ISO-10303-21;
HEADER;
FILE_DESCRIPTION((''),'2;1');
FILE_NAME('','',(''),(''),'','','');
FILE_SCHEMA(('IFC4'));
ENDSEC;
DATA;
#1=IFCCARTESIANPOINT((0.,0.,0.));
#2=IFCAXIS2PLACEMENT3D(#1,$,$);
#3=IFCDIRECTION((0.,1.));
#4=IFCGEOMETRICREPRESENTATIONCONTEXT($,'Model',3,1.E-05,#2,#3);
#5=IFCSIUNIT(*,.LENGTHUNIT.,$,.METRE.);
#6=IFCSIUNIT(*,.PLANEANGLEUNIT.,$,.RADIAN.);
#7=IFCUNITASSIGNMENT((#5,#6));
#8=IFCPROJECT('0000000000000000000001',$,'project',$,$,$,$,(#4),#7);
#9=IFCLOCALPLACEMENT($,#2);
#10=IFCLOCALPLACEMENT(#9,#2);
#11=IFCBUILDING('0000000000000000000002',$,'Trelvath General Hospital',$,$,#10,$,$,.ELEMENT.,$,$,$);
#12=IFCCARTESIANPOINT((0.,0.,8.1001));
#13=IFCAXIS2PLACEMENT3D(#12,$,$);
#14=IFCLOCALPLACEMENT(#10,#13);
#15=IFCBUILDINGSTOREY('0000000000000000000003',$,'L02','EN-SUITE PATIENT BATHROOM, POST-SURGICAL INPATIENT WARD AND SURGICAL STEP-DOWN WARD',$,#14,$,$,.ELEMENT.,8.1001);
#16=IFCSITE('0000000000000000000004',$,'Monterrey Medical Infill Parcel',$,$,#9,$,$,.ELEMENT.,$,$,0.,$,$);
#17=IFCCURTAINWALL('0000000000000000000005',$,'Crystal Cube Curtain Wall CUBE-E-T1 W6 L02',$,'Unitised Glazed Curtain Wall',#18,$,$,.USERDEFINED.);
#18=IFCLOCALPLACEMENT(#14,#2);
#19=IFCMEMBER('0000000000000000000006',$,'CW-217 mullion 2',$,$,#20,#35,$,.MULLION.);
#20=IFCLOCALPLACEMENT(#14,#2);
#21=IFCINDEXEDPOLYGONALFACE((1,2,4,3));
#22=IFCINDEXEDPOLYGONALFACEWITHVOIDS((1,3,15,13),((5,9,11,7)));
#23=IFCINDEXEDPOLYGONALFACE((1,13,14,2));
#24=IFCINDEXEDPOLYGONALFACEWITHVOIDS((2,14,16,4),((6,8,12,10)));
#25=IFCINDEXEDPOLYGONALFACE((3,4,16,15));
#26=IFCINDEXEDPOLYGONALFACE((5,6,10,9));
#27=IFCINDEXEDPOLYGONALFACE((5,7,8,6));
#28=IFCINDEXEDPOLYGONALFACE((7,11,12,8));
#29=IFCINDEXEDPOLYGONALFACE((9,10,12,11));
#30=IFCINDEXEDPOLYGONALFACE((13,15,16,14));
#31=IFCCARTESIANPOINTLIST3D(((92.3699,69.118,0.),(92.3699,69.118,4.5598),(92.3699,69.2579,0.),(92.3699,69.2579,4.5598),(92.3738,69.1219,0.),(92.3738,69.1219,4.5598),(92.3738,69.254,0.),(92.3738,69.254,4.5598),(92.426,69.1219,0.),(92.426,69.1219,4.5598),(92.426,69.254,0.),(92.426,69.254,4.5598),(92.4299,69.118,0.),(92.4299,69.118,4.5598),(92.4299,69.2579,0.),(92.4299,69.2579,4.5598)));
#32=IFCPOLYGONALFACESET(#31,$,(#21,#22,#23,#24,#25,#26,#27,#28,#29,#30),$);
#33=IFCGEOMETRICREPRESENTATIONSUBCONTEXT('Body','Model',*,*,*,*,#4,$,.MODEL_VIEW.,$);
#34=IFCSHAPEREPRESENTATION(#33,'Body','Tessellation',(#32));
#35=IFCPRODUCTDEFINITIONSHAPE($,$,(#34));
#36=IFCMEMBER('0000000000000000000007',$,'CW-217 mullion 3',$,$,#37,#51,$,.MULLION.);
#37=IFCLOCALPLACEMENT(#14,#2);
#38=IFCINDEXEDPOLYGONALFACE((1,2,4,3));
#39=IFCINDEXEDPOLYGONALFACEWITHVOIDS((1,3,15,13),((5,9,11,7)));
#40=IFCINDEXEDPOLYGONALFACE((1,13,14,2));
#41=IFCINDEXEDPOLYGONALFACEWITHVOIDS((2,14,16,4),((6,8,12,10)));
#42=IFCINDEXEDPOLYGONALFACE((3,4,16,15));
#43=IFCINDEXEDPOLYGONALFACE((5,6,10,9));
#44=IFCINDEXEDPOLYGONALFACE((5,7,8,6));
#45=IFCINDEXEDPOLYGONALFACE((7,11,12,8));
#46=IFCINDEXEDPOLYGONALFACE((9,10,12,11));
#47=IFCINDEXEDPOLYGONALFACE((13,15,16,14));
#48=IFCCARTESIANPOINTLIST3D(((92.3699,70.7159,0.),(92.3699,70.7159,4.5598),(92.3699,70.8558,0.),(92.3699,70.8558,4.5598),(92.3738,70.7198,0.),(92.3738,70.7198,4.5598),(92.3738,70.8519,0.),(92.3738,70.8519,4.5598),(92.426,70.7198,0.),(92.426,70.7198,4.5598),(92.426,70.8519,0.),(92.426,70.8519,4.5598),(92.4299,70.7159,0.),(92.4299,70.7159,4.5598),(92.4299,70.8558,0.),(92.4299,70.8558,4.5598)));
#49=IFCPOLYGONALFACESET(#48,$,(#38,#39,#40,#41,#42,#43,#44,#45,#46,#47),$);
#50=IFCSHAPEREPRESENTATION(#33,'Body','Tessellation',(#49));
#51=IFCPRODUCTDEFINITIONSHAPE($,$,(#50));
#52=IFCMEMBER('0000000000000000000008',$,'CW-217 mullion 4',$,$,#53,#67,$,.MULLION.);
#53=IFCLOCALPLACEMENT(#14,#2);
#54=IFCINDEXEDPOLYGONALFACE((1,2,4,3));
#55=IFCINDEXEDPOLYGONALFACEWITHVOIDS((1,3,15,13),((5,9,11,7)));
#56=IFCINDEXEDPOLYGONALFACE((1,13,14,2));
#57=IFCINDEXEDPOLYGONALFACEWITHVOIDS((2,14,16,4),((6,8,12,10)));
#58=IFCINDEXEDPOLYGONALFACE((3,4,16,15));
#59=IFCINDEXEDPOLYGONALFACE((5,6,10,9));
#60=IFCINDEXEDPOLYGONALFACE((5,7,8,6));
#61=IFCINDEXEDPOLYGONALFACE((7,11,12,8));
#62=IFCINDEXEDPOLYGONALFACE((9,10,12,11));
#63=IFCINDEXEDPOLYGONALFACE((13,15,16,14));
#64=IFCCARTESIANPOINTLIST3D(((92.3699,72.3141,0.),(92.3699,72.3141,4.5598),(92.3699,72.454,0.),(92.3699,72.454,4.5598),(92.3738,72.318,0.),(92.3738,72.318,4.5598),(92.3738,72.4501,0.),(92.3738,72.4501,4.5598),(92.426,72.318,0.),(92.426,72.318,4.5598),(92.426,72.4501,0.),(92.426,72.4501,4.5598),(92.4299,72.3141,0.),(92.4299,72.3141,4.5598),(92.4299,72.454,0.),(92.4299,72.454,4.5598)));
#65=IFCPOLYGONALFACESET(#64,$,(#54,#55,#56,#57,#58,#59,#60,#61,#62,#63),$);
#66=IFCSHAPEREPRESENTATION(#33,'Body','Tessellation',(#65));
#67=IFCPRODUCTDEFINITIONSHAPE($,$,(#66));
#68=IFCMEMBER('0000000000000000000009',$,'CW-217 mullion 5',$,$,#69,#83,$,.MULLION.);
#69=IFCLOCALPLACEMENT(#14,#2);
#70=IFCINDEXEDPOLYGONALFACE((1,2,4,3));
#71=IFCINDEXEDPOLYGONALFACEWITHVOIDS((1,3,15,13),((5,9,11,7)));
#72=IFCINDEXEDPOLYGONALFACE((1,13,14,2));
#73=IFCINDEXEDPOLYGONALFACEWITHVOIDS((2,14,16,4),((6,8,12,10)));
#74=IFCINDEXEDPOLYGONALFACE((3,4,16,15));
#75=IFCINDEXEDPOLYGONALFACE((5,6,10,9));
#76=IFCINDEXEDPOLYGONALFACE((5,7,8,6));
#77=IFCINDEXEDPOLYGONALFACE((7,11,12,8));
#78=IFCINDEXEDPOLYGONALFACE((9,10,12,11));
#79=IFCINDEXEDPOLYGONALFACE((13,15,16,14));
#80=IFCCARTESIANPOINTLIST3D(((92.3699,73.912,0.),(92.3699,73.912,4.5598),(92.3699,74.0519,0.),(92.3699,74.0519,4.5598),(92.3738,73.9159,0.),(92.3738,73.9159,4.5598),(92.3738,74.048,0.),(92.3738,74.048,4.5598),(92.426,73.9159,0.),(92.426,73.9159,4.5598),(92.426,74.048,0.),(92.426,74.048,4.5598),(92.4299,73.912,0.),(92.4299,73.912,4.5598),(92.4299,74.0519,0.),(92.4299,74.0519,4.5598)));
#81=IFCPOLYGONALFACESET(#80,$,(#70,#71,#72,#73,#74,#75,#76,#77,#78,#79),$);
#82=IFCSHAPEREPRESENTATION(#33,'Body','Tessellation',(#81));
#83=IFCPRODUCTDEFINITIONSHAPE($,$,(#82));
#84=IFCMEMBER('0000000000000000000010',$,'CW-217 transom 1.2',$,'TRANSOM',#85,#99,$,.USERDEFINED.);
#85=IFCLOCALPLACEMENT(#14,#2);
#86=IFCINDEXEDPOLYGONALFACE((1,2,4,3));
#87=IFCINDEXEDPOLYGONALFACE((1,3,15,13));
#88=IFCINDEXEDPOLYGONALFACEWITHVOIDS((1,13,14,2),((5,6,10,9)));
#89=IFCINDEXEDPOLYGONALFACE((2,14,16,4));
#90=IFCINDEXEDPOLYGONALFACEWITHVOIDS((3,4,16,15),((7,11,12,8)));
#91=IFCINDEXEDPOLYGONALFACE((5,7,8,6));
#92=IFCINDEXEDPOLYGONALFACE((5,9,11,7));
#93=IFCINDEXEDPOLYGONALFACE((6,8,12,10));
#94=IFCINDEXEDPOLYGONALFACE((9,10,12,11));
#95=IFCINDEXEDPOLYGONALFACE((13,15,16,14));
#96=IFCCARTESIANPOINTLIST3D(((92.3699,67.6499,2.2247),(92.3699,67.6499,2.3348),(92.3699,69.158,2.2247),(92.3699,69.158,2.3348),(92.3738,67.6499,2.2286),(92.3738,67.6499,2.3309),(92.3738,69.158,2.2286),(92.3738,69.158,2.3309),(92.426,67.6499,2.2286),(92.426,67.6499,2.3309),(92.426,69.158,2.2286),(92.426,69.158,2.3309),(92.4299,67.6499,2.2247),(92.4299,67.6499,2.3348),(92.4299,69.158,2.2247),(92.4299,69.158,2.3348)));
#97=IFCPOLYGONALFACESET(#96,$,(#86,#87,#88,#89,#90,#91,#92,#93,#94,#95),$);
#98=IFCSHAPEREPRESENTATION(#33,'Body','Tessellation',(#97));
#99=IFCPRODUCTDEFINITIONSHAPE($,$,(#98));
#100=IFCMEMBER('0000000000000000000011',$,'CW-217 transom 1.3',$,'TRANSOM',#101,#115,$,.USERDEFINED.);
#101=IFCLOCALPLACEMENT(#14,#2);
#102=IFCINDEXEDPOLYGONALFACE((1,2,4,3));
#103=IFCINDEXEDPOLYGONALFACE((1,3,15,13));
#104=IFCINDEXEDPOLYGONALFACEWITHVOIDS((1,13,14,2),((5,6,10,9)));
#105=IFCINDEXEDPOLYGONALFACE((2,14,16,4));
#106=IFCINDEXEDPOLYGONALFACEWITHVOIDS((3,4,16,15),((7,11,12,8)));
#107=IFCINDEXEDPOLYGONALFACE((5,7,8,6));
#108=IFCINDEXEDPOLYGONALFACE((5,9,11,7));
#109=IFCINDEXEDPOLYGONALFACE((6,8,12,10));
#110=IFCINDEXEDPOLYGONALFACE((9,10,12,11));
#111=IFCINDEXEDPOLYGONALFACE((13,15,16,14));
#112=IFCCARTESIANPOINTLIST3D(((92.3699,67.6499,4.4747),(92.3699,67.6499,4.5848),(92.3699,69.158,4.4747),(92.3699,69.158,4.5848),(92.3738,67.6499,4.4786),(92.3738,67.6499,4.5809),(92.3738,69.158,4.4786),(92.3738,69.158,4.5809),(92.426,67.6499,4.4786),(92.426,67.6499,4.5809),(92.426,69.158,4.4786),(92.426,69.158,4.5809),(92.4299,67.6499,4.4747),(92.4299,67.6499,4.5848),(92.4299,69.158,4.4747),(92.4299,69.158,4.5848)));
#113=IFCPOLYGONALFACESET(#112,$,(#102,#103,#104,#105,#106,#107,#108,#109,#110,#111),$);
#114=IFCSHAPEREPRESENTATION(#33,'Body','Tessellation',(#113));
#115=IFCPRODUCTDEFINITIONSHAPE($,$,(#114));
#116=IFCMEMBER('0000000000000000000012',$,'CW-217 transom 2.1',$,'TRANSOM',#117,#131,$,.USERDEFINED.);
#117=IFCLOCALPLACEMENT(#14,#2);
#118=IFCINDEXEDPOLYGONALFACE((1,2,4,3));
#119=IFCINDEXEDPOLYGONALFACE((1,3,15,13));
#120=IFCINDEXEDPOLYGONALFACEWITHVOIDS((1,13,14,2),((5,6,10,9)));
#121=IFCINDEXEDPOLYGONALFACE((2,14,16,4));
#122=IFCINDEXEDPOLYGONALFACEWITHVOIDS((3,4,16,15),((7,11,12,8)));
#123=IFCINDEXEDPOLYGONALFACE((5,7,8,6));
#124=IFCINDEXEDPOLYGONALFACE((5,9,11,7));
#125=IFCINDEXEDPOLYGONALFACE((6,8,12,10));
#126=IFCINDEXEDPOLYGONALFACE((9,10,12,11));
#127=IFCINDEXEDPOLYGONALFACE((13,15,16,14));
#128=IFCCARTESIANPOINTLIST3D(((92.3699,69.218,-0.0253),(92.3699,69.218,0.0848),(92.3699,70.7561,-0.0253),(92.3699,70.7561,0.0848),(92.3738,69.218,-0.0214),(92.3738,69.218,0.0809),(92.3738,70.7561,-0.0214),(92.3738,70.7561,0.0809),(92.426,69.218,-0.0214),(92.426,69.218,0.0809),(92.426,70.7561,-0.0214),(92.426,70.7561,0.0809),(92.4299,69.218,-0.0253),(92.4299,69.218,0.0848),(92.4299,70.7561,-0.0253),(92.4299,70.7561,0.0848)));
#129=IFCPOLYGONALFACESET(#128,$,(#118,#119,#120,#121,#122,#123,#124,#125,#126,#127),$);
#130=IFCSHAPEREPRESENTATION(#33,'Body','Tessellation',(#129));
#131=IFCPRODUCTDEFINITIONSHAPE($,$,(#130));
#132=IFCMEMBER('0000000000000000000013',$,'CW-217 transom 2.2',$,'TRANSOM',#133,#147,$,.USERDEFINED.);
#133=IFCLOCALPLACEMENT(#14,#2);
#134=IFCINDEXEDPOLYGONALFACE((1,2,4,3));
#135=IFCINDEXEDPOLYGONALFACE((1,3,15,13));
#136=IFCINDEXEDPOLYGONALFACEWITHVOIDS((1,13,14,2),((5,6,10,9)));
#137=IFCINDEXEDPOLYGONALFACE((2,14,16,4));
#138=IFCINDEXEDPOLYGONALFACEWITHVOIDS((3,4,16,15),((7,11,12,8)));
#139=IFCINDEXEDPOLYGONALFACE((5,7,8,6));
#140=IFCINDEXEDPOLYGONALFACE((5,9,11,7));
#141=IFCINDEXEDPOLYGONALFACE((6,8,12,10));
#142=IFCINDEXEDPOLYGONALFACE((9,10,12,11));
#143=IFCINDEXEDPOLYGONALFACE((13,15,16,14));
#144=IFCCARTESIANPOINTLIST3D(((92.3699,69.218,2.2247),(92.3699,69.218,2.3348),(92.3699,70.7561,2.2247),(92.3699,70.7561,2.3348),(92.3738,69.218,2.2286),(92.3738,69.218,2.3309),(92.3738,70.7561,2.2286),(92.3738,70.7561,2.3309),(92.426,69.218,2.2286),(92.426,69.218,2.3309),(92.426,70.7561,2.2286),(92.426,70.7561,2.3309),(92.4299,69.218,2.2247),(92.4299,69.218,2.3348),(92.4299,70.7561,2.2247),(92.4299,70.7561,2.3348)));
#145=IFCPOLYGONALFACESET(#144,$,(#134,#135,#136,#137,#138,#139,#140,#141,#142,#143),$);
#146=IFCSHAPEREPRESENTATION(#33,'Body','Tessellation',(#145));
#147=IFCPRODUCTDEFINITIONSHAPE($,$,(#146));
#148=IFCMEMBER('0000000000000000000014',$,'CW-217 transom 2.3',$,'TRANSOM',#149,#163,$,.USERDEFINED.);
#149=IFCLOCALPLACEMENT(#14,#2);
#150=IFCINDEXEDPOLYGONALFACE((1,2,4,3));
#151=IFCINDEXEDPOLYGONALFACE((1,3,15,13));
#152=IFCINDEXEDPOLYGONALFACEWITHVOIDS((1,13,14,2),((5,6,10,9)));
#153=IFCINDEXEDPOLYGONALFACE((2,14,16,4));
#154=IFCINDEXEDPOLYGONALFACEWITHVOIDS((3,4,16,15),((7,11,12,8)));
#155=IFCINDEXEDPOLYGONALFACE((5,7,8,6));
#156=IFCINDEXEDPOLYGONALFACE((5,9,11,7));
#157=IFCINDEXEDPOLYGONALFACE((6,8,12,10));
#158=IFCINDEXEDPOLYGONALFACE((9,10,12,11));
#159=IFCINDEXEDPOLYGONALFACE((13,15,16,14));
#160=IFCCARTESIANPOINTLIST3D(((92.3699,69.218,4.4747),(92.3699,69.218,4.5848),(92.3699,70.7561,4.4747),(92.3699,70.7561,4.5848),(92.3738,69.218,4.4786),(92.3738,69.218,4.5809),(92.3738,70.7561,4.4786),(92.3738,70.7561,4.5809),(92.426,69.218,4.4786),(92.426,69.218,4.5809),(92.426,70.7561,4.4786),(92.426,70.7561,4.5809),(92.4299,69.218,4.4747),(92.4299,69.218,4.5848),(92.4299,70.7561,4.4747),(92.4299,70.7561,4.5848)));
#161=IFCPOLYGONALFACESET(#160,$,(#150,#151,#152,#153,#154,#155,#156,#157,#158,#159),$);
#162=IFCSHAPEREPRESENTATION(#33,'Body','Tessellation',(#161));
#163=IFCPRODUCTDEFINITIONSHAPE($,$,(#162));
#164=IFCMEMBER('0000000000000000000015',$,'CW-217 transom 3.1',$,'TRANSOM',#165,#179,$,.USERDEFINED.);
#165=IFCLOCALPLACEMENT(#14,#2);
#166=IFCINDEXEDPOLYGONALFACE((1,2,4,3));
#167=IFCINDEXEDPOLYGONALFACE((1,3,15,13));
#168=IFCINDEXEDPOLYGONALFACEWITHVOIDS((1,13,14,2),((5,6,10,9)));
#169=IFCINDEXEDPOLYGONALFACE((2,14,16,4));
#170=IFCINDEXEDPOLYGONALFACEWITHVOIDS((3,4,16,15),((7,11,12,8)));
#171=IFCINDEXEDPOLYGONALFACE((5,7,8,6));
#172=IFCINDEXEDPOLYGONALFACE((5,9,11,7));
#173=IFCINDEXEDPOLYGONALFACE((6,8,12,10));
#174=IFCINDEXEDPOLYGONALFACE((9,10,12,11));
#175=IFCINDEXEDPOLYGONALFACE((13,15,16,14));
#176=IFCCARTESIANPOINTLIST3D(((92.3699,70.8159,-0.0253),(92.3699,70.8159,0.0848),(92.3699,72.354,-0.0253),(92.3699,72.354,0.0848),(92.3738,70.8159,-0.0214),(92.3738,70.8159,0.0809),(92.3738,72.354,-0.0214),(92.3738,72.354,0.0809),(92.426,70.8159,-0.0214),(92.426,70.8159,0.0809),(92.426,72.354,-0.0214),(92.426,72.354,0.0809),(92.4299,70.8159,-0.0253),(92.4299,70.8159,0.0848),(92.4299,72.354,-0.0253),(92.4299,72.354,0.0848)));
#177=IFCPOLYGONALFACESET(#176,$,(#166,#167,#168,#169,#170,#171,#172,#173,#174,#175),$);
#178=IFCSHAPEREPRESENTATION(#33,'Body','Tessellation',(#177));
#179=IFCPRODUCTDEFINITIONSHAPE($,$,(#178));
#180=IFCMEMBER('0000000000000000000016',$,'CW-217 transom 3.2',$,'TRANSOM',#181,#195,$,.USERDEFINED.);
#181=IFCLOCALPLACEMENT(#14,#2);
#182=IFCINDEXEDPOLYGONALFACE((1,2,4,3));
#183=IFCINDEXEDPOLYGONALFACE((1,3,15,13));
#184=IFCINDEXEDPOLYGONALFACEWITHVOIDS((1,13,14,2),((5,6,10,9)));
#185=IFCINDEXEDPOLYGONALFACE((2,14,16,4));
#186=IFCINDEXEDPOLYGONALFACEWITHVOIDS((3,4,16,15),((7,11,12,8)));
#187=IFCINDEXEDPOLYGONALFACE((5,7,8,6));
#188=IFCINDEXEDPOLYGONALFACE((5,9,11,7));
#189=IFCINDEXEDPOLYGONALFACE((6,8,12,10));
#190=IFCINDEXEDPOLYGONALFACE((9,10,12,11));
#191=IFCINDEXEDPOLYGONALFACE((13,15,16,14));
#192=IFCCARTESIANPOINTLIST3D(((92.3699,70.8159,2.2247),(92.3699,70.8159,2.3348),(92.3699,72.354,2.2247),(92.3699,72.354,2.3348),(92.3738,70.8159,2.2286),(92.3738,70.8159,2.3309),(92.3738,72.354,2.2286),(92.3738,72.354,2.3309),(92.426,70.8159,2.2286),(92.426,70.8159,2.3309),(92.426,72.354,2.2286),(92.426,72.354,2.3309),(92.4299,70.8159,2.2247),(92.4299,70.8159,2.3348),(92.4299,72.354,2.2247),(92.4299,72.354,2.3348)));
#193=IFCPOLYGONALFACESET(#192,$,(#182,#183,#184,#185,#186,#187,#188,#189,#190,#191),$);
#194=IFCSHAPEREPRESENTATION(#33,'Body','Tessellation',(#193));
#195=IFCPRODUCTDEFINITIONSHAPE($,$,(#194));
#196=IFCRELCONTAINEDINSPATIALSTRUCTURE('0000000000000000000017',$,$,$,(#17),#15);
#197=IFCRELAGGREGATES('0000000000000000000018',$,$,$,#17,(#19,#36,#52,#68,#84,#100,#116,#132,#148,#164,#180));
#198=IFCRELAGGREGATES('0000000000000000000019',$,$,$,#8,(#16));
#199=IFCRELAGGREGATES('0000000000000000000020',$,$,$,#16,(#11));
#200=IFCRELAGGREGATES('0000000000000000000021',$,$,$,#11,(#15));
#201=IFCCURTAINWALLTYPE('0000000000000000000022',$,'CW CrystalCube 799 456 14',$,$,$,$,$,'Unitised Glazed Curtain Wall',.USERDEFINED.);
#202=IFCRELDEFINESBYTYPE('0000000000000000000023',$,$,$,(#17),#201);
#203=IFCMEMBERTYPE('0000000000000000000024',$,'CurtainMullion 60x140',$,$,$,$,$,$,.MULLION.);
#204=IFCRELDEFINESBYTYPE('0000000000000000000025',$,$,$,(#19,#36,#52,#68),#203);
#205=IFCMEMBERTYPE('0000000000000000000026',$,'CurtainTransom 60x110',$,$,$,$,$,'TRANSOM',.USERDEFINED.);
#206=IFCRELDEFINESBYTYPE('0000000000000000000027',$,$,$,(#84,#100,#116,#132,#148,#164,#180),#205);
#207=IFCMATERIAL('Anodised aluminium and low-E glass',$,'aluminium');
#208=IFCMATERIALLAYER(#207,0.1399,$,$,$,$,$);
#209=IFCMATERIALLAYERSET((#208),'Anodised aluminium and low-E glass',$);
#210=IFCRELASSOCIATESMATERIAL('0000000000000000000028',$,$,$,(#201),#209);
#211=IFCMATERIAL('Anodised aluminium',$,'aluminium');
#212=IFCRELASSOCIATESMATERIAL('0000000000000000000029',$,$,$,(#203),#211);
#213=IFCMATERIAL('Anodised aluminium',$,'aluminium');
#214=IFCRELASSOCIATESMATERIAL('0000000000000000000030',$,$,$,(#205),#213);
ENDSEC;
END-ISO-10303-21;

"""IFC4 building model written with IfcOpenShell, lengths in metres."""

from ifc_helpers import new_model, si_unit, direction, frame, origin, origin_2d, place, context, subcontext, project, spatial, hollow_rectangle, extrude, material, layer, layer_set, material_profile, profile_set, type_object, element, aggregate, save


model = new_model("IFC4")

# Units and contexts
model_context = context("Model", 3, precision=1e-05, world=origin(), true_north=direction((0.0, 1.0)))
body_context = subcontext(model_context, "Body", "Model", "MODEL_VIEW")
ifc_project = project(units=[si_unit("LENGTHUNIT", "METRE"), si_unit("PLANEANGLEUNIT", "RADIAN")], contexts=[model_context])

# Site, building, storey
site_placement = place(None, origin())
site = spatial("IfcSite", under=ifc_project, at=site_placement, Name="Monterrey Medical Infill Parcel", CompositionType="ELEMENT", RefElevation=0.0)
building_placement = place(site_placement, origin())
building = spatial("IfcBuilding", under=site, at=building_placement, Name="Trelvath General Hospital", CompositionType="ELEMENT")
storey_placement = place(building_placement, frame((0.0, 0.0, 8.1001)))
storey = spatial("IfcBuildingStorey", under=building, at=storey_placement, Name="L02", Description="EN-SUITE PATIENT BATHROOM, POST-SURGICAL INPATIENT WARD AND SURGICAL STEP-DOWN WARD", CompositionType="ELEMENT", Elevation=8.1001)

# Curtain wall, members
ifc_material_1 = material(Name="Anodised aluminium and low-E glass", Category="aluminium")
ifc_layer_1 = layer(ifc_material_1, 0.1399)
ifc_layer_set_1 = layer_set([ifc_layer_1], Name="Anodised aluminium and low-E glass")
curtain_wall_type = type_object("IfcCurtainWallType", Name="CW CrystalCube 799 456 14", ElementType="Unitised Glazed Curtain Wall", PredefinedType="USERDEFINED", material=ifc_layer_set_1)
curtain_wall_placement = place(storey_placement, origin())
curtain_wall = element("IfcCurtainWall", 1, at=curtain_wall_placement, inside=storey, type_object=curtain_wall_type, Name="Crystal Cube Curtain Wall CUBE-E-T1 W6 L02", ObjectType="Unitised Glazed Curtain Wall", PredefinedType="USERDEFINED")
ifc_material_2 = material(Name="Anodised aluminium", Category="aluminium")
ifc_material_profile_1 = material_profile(ifc_material_2, hollow_rectangle(XDim=0.0601, YDim=0.1399, WallThickness=0.0039, at=origin_2d()), Name="RHS60x140x4")
ifc_profile_set_1 = profile_set([ifc_material_profile_1], Name="Anodised aluminium")
member_type_1 = type_object("IfcMemberType", Name="CurtainMullion 60x140", PredefinedType="MULLION", material=ifc_profile_set_1)
member_1_placement = place(storey_placement, frame((92.3999, 69.188, 0.0), z_axis=(0.0, 0.0, 1.0), x_axis=(-1.0, 0.0, 0.0)))
member_1 = element("IfcMember", 2, at=member_1_placement, type_object=member_type_1, Name="CW-217 mullion 2", PredefinedType="MULLION", context=body_context, shape_type="SweptSolid", body=[
    extrude(hollow_rectangle(XDim=0.0601, YDim=0.1399, WallThickness=0.0039, at=origin_2d()), origin(), (0.0, 0.0, 1.0), 4.5598),
])
member_2_placement = place(storey_placement, frame((92.3999, 70.7859, 0.0), z_axis=(0.0, 0.0, 1.0), x_axis=(-1.0, 0.0, 0.0)))
member_2 = element("IfcMember", 3, at=member_2_placement, type_object=member_type_1, Name="CW-217 mullion 3", PredefinedType="MULLION", context=body_context, shape_type="SweptSolid", body=[
    extrude(hollow_rectangle(XDim=0.0601, YDim=0.1399, WallThickness=0.0039, at=origin_2d()), origin(), (0.0, 0.0, 1.0), 4.5598),
])
member_3_placement = place(storey_placement, frame((92.3999, 72.384, 0.0), z_axis=(0.0, 0.0, 1.0), x_axis=(-1.0, 0.0, 0.0)))
member_3 = element("IfcMember", 4, at=member_3_placement, type_object=member_type_1, Name="CW-217 mullion 4", PredefinedType="MULLION", context=body_context, shape_type="SweptSolid", body=[
    extrude(hollow_rectangle(XDim=0.0601, YDim=0.1399, WallThickness=0.0039, at=origin_2d()), origin(), (0.0, 0.0, 1.0), 4.5598),
])
member_4_placement = place(storey_placement, frame((92.3999, 73.9819, 0.0), z_axis=(0.0, 0.0, 1.0), x_axis=(-1.0, 0.0, 0.0)))
member_4 = element("IfcMember", 5, at=member_4_placement, type_object=member_type_1, Name="CW-217 mullion 5", PredefinedType="MULLION", context=body_context, shape_type="SweptSolid", body=[
    extrude(hollow_rectangle(XDim=0.0601, YDim=0.1399, WallThickness=0.0039, at=origin_2d()), origin(), (0.0, 0.0, 1.0), 4.5598),
])
ifc_material_3 = material(Name="Anodised aluminium", Category="aluminium")
ifc_material_profile_2 = material_profile(ifc_material_3, hollow_rectangle(XDim=0.0601, YDim=0.1101, WallThickness=0.0039, at=origin_2d()), Name="RHS60x110x4")
ifc_profile_set_2 = profile_set([ifc_material_profile_2], Name="Anodised aluminium")
member_type_2 = type_object("IfcMemberType", Name="CurtainTransom 60x110", ElementType="TRANSOM", PredefinedType="USERDEFINED", material=ifc_profile_set_2)
member_5_placement = place(storey_placement, frame((92.3999, 67.6499, 2.2798), z_axis=(0.0, 1.0, 0.0), x_axis=(-1.0, 0.0, 0.0)))
member_5 = element("IfcMember", 6, at=member_5_placement, type_object=member_type_2, Name="CW-217 transom 1.2", ObjectType="TRANSOM", PredefinedType="USERDEFINED", context=body_context, shape_type="SweptSolid", body=[
    extrude(hollow_rectangle(XDim=0.0601, YDim=0.1101, WallThickness=0.0039, at=origin_2d()), origin(), (0.0, 0.0, 1.0), 1.5081),
])
member_6_placement = place(storey_placement, frame((92.3999, 67.6499, 4.5298), z_axis=(0.0, 1.0, 0.0), x_axis=(-1.0, 0.0, 0.0)))
member_6 = element("IfcMember", 7, at=member_6_placement, type_object=member_type_2, Name="CW-217 transom 1.3", ObjectType="TRANSOM", PredefinedType="USERDEFINED", context=body_context, shape_type="SweptSolid", body=[
    extrude(hollow_rectangle(XDim=0.0601, YDim=0.1101, WallThickness=0.0039, at=origin_2d()), origin(), (0.0, 0.0, 1.0), 1.5081),
])
member_7_placement = place(storey_placement, frame((92.3999, 69.218, 0.0298), z_axis=(0.0, 1.0, 0.0), x_axis=(-1.0, 0.0, 0.0)))
member_7 = element("IfcMember", 8, at=member_7_placement, type_object=member_type_2, Name="CW-217 transom 2.1", ObjectType="TRANSOM", PredefinedType="USERDEFINED", context=body_context, shape_type="SweptSolid", body=[
    extrude(hollow_rectangle(XDim=0.0601, YDim=0.1101, WallThickness=0.0039, at=origin_2d()), origin(), (0.0, 0.0, 1.0), 1.5381),
])
member_8_placement = place(storey_placement, frame((92.3999, 69.218, 2.2798), z_axis=(0.0, 1.0, 0.0), x_axis=(-1.0, 0.0, 0.0)))
member_8 = element("IfcMember", 9, at=member_8_placement, type_object=member_type_2, Name="CW-217 transom 2.2", ObjectType="TRANSOM", PredefinedType="USERDEFINED", context=body_context, shape_type="SweptSolid", body=[
    extrude(hollow_rectangle(XDim=0.0601, YDim=0.1101, WallThickness=0.0039, at=origin_2d()), origin(), (0.0, 0.0, 1.0), 1.5381),
])
member_9_placement = place(storey_placement, frame((92.3999, 69.218, 4.5298), z_axis=(0.0, 1.0, 0.0), x_axis=(-1.0, 0.0, 0.0)))
member_9 = element("IfcMember", 10, at=member_9_placement, type_object=member_type_2, Name="CW-217 transom 2.3", ObjectType="TRANSOM", PredefinedType="USERDEFINED", context=body_context, shape_type="SweptSolid", body=[
    extrude(hollow_rectangle(XDim=0.0601, YDim=0.1101, WallThickness=0.0039, at=origin_2d()), origin(), (0.0, 0.0, 1.0), 1.5381),
])
member_10_placement = place(storey_placement, frame((92.3999, 70.8159, 0.0298), z_axis=(0.0, 1.0, 0.0), x_axis=(-1.0, 0.0, 0.0)))
member_10 = element("IfcMember", 11, at=member_10_placement, type_object=member_type_2, Name="CW-217 transom 3.1", ObjectType="TRANSOM", PredefinedType="USERDEFINED", context=body_context, shape_type="SweptSolid", body=[
    extrude(hollow_rectangle(XDim=0.0601, YDim=0.1101, WallThickness=0.0039, at=origin_2d()), origin(), (0.0, 0.0, 1.0), 1.5381),
])
member_11_placement = place(storey_placement, frame((92.3999, 70.8159, 2.2798), z_axis=(0.0, 1.0, 0.0), x_axis=(-1.0, 0.0, 0.0)))
member_11 = element("IfcMember", 12, at=member_11_placement, type_object=member_type_2, Name="CW-217 transom 3.2", ObjectType="TRANSOM", PredefinedType="USERDEFINED", context=body_context, shape_type="SweptSolid", body=[
    extrude(hollow_rectangle(XDim=0.0601, YDim=0.1101, WallThickness=0.0039, at=origin_2d()), origin(), (0.0, 0.0, 1.0), 1.5381),
])
aggregate(curtain_wall, [member_1, member_2, member_3, member_4, member_5, member_6, member_7, member_8, member_9, member_10, member_11])

save(model, "model.ifc")
